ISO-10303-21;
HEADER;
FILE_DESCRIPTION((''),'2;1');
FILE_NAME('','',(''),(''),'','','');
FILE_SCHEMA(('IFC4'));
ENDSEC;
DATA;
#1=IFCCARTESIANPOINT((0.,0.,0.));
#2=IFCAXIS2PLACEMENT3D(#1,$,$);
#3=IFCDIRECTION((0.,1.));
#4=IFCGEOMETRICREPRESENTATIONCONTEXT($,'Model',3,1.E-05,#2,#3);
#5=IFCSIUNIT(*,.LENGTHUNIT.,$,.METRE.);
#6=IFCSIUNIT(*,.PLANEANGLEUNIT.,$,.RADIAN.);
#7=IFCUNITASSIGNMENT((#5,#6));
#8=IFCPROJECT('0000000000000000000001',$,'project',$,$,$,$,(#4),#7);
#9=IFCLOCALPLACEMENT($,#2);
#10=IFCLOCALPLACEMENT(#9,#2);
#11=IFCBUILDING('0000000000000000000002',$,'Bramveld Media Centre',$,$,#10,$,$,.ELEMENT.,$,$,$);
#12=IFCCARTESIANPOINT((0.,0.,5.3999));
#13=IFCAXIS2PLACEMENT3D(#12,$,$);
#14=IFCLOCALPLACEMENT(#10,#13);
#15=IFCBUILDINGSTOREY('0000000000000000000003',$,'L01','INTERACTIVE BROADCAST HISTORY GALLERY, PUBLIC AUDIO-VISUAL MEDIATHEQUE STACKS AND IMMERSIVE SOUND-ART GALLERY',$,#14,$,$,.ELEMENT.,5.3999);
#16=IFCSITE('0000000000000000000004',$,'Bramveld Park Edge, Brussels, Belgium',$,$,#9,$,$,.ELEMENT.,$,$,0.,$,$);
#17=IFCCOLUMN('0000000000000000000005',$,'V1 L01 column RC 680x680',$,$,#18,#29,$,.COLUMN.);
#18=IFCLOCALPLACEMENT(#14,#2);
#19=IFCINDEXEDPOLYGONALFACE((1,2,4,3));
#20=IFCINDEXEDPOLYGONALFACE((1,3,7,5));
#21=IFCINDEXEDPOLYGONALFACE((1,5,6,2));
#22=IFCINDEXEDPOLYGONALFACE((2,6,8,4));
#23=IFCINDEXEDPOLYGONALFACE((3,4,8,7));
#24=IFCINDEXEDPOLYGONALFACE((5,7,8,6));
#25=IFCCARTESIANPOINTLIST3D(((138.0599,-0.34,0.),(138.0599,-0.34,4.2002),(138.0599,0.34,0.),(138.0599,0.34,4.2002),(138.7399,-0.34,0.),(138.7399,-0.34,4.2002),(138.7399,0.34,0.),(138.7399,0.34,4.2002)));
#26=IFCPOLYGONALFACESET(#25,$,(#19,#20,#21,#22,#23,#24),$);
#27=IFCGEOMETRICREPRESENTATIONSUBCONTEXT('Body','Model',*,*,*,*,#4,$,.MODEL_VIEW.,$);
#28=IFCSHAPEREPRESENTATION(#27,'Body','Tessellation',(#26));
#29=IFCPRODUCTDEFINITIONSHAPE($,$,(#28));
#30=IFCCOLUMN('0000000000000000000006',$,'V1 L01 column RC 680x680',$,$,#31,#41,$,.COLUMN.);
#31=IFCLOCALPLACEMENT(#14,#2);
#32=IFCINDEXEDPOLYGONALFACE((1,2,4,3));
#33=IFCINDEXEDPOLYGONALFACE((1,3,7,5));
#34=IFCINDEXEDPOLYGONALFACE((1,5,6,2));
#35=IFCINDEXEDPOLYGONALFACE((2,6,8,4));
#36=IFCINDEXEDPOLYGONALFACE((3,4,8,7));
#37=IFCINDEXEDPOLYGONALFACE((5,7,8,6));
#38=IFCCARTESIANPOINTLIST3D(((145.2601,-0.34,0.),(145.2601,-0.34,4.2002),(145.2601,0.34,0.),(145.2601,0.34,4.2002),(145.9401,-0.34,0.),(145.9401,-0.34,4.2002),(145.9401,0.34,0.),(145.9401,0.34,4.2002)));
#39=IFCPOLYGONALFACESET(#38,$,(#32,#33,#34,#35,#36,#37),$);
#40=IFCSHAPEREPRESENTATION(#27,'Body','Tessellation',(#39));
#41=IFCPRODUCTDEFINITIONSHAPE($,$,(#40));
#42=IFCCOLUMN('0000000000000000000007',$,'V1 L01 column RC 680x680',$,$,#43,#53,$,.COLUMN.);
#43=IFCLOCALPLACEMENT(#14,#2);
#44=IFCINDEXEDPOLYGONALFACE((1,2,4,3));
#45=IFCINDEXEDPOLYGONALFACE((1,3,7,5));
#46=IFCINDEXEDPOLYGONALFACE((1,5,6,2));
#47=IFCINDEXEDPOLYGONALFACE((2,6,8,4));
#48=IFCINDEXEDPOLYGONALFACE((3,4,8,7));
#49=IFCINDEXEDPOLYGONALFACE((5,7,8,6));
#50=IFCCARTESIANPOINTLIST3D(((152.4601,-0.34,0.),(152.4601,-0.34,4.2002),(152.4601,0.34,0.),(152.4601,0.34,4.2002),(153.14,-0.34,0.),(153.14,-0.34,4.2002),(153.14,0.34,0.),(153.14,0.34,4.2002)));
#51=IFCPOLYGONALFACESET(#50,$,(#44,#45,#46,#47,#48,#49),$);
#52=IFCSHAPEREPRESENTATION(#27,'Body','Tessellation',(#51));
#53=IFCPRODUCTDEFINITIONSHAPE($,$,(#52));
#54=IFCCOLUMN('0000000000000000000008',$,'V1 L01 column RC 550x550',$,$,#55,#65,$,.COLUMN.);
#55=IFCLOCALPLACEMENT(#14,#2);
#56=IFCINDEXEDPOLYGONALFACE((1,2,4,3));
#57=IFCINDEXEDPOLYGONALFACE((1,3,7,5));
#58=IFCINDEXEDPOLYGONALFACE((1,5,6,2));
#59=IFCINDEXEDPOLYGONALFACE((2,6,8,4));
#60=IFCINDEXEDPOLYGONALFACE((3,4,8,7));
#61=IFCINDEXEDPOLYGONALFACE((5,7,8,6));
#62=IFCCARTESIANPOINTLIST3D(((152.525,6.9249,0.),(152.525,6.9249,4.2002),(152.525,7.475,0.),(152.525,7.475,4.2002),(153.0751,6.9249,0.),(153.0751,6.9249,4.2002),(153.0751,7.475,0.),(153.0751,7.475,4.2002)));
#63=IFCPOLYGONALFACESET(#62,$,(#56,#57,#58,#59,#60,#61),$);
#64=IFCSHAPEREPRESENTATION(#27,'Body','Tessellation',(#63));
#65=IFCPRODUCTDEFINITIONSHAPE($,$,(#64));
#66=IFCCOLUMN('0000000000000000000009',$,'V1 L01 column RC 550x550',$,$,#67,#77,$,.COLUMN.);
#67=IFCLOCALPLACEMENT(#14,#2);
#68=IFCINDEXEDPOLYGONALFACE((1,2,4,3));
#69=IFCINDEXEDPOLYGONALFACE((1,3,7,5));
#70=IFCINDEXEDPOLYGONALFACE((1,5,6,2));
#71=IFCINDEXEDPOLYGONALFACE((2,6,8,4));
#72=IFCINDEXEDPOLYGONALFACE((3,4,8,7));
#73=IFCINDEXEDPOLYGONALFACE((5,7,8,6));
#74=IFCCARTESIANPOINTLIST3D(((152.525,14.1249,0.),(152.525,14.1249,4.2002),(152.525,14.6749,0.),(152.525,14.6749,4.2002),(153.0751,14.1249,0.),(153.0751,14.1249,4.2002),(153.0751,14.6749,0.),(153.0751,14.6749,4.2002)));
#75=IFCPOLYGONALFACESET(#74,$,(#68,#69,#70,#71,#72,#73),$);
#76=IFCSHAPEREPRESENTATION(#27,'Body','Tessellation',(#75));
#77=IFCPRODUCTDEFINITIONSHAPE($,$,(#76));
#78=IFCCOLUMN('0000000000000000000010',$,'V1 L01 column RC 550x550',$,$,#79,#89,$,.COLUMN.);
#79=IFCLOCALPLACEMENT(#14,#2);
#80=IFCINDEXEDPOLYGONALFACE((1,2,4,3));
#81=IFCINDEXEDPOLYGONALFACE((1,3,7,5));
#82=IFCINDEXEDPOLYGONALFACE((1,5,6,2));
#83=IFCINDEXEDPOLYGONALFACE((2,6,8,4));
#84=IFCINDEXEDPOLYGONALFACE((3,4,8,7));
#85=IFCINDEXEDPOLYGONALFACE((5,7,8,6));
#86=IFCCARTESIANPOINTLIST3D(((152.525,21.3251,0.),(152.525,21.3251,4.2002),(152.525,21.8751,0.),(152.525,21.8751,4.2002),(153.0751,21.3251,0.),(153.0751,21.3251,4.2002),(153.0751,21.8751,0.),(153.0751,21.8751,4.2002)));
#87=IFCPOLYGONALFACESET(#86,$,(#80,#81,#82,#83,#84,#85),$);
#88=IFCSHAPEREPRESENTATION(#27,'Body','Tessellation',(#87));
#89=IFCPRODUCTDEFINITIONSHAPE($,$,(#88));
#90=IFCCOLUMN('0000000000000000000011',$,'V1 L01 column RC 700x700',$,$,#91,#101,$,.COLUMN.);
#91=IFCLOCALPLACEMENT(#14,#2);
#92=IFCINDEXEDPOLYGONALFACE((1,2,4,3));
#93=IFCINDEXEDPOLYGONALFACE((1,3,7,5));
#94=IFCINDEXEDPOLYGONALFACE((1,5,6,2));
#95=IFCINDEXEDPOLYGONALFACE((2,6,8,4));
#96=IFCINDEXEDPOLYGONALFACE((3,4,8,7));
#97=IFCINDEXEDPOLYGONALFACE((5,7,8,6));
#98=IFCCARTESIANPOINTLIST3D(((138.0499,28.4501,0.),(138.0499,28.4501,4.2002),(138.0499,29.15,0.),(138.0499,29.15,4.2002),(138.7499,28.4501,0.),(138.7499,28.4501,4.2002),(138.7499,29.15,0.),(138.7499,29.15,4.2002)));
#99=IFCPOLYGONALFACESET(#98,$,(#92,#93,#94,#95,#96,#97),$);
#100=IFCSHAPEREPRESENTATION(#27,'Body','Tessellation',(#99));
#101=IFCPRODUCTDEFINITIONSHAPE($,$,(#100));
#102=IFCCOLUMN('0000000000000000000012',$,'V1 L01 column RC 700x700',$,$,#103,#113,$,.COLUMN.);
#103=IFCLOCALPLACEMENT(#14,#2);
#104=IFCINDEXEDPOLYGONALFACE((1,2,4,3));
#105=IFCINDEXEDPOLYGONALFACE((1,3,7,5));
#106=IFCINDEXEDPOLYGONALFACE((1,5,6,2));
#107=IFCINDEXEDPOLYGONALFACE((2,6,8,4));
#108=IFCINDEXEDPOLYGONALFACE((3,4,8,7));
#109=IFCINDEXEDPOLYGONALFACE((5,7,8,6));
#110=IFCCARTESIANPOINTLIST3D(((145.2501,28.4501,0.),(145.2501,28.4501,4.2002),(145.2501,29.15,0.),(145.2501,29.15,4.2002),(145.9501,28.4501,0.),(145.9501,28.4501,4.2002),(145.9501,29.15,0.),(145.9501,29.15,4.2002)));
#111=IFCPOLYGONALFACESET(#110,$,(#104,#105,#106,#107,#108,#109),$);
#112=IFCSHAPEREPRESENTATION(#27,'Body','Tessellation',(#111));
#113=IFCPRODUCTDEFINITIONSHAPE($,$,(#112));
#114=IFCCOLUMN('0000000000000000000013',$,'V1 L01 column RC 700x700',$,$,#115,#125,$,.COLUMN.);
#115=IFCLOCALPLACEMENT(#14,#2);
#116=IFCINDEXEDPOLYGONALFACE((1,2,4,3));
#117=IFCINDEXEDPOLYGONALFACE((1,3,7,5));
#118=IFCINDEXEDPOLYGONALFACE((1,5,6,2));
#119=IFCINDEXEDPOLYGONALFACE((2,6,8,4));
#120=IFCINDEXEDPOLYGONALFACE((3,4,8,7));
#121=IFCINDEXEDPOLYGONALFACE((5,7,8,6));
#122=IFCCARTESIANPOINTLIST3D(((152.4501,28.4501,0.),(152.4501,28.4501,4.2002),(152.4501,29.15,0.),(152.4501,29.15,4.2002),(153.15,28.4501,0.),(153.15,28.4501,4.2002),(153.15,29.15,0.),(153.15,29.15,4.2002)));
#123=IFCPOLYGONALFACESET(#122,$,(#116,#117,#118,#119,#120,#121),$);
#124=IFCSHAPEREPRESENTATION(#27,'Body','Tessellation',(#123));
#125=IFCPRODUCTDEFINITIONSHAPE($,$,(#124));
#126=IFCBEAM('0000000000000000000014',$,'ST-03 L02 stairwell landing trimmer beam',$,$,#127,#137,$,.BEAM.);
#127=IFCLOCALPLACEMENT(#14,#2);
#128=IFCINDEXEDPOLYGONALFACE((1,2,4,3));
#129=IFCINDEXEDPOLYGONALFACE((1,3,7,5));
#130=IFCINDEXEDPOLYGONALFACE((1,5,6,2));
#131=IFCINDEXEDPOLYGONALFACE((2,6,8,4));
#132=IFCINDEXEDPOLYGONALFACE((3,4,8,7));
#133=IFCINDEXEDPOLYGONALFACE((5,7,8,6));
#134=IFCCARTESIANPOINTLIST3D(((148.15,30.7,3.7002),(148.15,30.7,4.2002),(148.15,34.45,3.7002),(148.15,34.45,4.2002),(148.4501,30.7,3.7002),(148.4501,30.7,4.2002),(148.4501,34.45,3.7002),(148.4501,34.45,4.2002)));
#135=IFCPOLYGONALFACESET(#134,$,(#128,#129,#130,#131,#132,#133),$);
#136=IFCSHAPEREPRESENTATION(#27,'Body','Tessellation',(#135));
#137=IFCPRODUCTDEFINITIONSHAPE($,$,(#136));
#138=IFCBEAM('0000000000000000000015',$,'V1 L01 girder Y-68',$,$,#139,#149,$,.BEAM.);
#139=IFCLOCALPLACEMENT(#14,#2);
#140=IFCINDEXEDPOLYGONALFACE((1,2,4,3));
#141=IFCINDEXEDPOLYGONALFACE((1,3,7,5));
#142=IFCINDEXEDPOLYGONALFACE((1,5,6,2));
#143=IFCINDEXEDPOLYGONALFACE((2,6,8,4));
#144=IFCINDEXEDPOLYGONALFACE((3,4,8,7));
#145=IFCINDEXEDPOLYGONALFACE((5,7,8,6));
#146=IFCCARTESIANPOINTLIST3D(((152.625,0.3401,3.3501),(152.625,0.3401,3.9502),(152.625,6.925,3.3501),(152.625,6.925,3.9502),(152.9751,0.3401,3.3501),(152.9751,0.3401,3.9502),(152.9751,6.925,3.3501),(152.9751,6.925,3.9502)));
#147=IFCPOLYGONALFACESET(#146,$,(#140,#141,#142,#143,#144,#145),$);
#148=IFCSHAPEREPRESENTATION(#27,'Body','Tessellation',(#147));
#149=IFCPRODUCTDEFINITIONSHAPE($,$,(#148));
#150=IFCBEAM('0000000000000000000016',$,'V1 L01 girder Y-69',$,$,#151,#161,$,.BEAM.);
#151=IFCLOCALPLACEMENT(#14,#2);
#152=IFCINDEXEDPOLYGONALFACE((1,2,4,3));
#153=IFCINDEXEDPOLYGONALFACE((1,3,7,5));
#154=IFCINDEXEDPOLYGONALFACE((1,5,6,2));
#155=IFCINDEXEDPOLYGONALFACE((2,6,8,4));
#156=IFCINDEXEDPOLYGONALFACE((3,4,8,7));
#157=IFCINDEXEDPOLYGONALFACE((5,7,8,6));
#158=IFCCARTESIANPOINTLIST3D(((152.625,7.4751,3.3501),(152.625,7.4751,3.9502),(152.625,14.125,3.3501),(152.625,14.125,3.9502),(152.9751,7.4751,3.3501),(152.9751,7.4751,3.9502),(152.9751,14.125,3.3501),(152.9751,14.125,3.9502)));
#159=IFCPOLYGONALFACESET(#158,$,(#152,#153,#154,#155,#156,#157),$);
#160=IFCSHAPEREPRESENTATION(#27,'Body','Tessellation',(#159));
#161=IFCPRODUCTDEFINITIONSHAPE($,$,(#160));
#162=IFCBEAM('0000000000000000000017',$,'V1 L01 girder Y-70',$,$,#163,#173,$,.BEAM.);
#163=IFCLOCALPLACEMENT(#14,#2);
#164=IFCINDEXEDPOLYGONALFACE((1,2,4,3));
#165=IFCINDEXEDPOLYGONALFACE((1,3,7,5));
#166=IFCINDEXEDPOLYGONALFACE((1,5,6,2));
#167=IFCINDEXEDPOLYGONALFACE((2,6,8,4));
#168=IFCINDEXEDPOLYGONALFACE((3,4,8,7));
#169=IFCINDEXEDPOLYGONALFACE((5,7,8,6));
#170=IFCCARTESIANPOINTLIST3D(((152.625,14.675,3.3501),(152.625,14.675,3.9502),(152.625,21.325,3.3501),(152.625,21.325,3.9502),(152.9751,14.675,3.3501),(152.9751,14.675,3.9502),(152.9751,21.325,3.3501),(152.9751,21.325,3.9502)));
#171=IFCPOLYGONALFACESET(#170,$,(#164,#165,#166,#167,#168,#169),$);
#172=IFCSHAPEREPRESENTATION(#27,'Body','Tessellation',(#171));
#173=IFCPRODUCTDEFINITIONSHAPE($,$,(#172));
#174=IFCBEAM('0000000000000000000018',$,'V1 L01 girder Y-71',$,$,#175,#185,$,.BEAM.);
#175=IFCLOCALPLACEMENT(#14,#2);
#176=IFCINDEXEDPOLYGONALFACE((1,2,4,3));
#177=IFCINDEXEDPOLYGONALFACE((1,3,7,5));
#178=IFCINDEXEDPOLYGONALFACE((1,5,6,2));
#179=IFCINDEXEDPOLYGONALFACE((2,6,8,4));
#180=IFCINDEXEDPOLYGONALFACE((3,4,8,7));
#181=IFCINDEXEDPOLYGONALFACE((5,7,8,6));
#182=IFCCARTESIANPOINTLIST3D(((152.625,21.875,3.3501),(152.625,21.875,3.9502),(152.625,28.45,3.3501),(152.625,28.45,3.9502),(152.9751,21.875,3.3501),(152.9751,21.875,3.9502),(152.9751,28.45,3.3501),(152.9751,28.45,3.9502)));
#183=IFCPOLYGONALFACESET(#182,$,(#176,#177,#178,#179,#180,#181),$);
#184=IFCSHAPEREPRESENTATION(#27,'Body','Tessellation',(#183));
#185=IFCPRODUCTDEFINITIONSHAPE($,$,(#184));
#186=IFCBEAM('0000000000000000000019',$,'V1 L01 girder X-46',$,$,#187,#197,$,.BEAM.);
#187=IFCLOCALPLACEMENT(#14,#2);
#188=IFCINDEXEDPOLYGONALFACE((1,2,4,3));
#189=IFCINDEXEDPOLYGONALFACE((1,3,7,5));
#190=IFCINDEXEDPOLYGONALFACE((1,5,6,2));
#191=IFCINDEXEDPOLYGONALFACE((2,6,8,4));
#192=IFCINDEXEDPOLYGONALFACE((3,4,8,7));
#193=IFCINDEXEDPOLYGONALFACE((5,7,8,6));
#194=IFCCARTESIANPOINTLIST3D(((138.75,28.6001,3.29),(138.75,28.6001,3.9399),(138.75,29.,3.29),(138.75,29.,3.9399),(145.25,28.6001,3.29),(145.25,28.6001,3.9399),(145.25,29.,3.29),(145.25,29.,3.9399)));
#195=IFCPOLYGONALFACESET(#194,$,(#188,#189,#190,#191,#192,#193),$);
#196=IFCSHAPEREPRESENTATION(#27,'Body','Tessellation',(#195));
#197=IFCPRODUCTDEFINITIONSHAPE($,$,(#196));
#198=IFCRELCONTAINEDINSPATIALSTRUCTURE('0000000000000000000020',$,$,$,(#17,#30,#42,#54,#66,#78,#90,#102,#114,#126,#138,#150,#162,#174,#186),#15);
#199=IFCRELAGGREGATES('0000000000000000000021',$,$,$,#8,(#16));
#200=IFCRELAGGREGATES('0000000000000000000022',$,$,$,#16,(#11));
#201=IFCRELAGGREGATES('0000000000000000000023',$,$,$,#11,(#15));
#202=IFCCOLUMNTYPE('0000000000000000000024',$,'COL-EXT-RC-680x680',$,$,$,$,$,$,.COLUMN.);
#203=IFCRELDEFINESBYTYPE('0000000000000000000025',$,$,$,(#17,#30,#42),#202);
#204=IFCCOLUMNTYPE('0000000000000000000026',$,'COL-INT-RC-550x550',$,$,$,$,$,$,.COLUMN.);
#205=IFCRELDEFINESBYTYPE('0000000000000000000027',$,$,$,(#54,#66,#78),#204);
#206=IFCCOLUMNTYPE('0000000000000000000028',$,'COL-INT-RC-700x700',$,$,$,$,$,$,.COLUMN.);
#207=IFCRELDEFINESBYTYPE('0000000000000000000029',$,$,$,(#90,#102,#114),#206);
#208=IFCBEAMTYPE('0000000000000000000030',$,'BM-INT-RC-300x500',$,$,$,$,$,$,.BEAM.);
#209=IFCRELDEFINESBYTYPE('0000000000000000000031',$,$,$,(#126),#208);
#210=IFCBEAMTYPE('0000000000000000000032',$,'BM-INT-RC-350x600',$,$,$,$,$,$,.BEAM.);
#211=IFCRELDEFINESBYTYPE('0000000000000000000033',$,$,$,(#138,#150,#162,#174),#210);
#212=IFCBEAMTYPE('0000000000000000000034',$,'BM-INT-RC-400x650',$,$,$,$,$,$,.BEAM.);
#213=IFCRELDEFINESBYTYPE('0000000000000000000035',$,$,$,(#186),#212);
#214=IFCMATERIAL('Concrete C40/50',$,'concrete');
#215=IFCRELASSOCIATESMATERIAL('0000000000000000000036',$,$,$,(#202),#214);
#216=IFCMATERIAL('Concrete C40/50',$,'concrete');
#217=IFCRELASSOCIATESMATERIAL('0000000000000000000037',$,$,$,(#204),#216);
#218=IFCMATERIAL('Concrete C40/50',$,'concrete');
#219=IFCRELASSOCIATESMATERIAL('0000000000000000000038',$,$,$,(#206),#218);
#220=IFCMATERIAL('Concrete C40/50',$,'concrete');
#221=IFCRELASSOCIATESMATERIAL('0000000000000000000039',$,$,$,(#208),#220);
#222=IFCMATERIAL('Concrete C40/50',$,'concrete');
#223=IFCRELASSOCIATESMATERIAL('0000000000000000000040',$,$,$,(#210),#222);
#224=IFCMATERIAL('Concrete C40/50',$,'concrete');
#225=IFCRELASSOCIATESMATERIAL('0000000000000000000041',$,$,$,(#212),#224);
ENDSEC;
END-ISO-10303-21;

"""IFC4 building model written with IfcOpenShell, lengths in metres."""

from ifc_helpers import new_model, si_unit, direction, frame, origin, origin_2d, place, context, subcontext, project, spatial, rectangle, extrude, material, material_profile, profile_set, type_object, element, save


model = new_model("IFC4")

# Units and contexts
model_context = context("Model", 3, precision=1e-05, world=origin(), true_north=direction((0.0, 1.0)))
body_context = subcontext(model_context, "Body", "Model", "MODEL_VIEW")
ifc_project = project(units=[si_unit("LENGTHUNIT", "METRE"), si_unit("PLANEANGLEUNIT", "RADIAN")], contexts=[model_context])

# Site, building, storey
site_placement = place(None, origin())
site = spatial("IfcSite", under=ifc_project, at=site_placement, Name="Bramveld Park Edge, Brussels, Belgium", CompositionType="ELEMENT", RefElevation=0.0)
building_placement = place(site_placement, origin())
building = spatial("IfcBuilding", under=site, at=building_placement, Name="Bramveld Media Centre", CompositionType="ELEMENT")
storey_placement = place(building_placement, frame((0.0, 0.0, 5.3999)))
storey = spatial("IfcBuildingStorey", under=building, at=storey_placement, Name="L01", Description="INTERACTIVE BROADCAST HISTORY GALLERY, PUBLIC AUDIO-VISUAL MEDIATHEQUE STACKS AND IMMERSIVE SOUND-ART GALLERY", CompositionType="ELEMENT", Elevation=5.3999)

# Columns
ifc_material_1 = material(Name="Concrete C40/50", Category="concrete")
ifc_material_profile_1 = material_profile(ifc_material_1, rectangle(XDim=0.6799, YDim=0.6799, at=origin_2d()), Name="RC 680x680")
ifc_profile_set_1 = profile_set([ifc_material_profile_1], Name="Concrete C40/50")
column_type_1 = type_object("IfcColumnType", Name="COL-EXT-RC-680x680", PredefinedType="COLUMN", material=ifc_profile_set_1)
for number, where, z_axis, x_axis, name in (
    (1, (138.3999, 0.0, 0.0), (0.0, 0.0, 1.0), (1.0, 0.0, 0.0), "V1 L01 column RC 680x680"),
    (2, (145.6001, 0.0, 0.0), (0.0, 0.0, 1.0), (1.0, 0.0, 0.0), "V1 L01 column RC 680x680"),
    (3, (152.8, 0.0, 0.0), (0.0, 0.0, 1.0), (1.0, 0.0, 0.0), "V1 L01 column RC 680x680"),
):
    element("IfcColumn", number, at=place(storey_placement, frame(where, z_axis=z_axis, x_axis=x_axis)), inside=storey, type_object=column_type_1, Name=name, PredefinedType="COLUMN", context=body_context, shape_type="SweptSolid", body=[
        extrude(rectangle(XDim=0.6799, YDim=0.6799, at=origin_2d()), origin(), (0.0, 0.0, 1.0), 4.2002),
    ])
ifc_material_2 = material(Name="Concrete C40/50", Category="concrete")
ifc_material_profile_2 = material_profile(ifc_material_2, rectangle(XDim=0.55, YDim=0.55, at=origin_2d()), Name="RC 550x550")
ifc_profile_set_2 = profile_set([ifc_material_profile_2], Name="Concrete C40/50")
column_type_2 = type_object("IfcColumnType", Name="COL-INT-RC-550x550", PredefinedType="COLUMN", material=ifc_profile_set_2)
for number, where, z_axis, x_axis, name in (
    (4, (152.8, 7.2, 0.0), (0.0, 0.0, 1.0), (1.0, 0.0, 0.0), "V1 L01 column RC 550x550"),
    (5, (152.8, 14.3999, 0.0), (0.0, 0.0, 1.0), (1.0, 0.0, 0.0), "V1 L01 column RC 550x550"),
    (6, (152.8, 21.6001, 0.0), (0.0, 0.0, 1.0), (1.0, 0.0, 0.0), "V1 L01 column RC 550x550"),
):
    element("IfcColumn", number, at=place(storey_placement, frame(where, z_axis=z_axis, x_axis=x_axis)), inside=storey, type_object=column_type_2, Name=name, PredefinedType="COLUMN", context=body_context, shape_type="SweptSolid", body=[
        extrude(rectangle(XDim=0.55, YDim=0.55, at=origin_2d()), origin(), (0.0, 0.0, 1.0), 4.2002),
    ])
ifc_material_3 = material(Name="Concrete C40/50", Category="concrete")
ifc_material_profile_3 = material_profile(ifc_material_3, rectangle(XDim=0.7, YDim=0.7, at=origin_2d()), Name="RC 700x700")
ifc_profile_set_3 = profile_set([ifc_material_profile_3], Name="Concrete C40/50")
column_type_3 = type_object("IfcColumnType", Name="COL-INT-RC-700x700", PredefinedType="COLUMN", material=ifc_profile_set_3)
for number, where, z_axis, x_axis, name in (
    (7, (138.3999, 28.8, 0.0), (0.0, 0.0, 1.0), (1.0, 0.0, 0.0), "V1 L01 column RC 700x700"),
    (8, (145.6001, 28.8, 0.0), (0.0, 0.0, 1.0), (1.0, 0.0, 0.0), "V1 L01 column RC 700x700"),
    (9, (152.8, 28.8, 0.0), (0.0, 0.0, 1.0), (1.0, 0.0, 0.0), "V1 L01 column RC 700x700"),
):
    element("IfcColumn", number, at=place(storey_placement, frame(where, z_axis=z_axis, x_axis=x_axis)), inside=storey, type_object=column_type_3, Name=name, PredefinedType="COLUMN", context=body_context, shape_type="SweptSolid", body=[
        extrude(rectangle(XDim=0.7, YDim=0.7, at=origin_2d()), origin(), (0.0, 0.0, 1.0), 4.2002),
    ])

# Beams
ifc_material_4 = material(Name="Concrete C40/50", Category="concrete")
ifc_material_profile_4 = material_profile(ifc_material_4, rectangle(XDim=0.3, YDim=0.5, at=origin_2d()), Name="RC 300x500")
ifc_profile_set_4 = profile_set([ifc_material_profile_4], Name="Concrete C40/50")
beam_type_1 = type_object("IfcBeamType", Name="BM-INT-RC-300x500", PredefinedType="BEAM", material=ifc_profile_set_4)
beam_1_placement = place(storey_placement, frame((148.3, 30.7, 3.9502), z_axis=(0.0, 1.0, 0.0), x_axis=(-1.0, 0.0, 0.0)))
element("IfcBeam", 10, at=beam_1_placement, inside=storey, type_object=beam_type_1, Name="ST-03 L02 stairwell landing trimmer beam", PredefinedType="BEAM", context=body_context, shape_type="SweptSolid", body=[
    extrude(rectangle(XDim=0.3, YDim=0.5, at=origin_2d()), origin(), (0.0, 0.0, 1.0), 3.75),
])
ifc_material_5 = material(Name="Concrete C40/50", Category="concrete")
ifc_material_profile_5 = material_profile(ifc_material_5, rectangle(XDim=0.3501, YDim=0.6001, at=origin_2d()), Name="RC 350x600")
ifc_profile_set_5 = profile_set([ifc_material_profile_5], Name="Concrete C40/50")
beam_type_2 = type_object("IfcBeamType", Name="BM-INT-RC-350x600", PredefinedType="BEAM", material=ifc_profile_set_5)
beam_2_placement = place(storey_placement, frame((152.8, 0.3401, 3.6501), z_axis=(0.0, 1.0, 0.0), x_axis=(-1.0, 0.0, 0.0)))
element("IfcBeam", 11, at=beam_2_placement, inside=storey, type_object=beam_type_2, Name="V1 L01 girder Y-68", PredefinedType="BEAM", context=body_context, shape_type="SweptSolid", body=[
    extrude(rectangle(XDim=0.3501, YDim=0.6001, at=origin_2d()), origin(), (0.0, 0.0, 1.0), 6.585),
])
for number, where, z_axis, x_axis, name in (
    (12, (152.8, 7.4751, 3.6501), (0.0, 1.0, 0.0), (-1.0, 0.0, 0.0), "V1 L01 girder Y-69"),
    (13, (152.8, 14.675, 3.6501), (0.0, 1.0, 0.0), (-1.0, 0.0, 0.0), "V1 L01 girder Y-70"),
):
    element("IfcBeam", number, at=place(storey_placement, frame(where, z_axis=z_axis, x_axis=x_axis)), inside=storey, type_object=beam_type_2, Name=name, PredefinedType="BEAM", context=body_context, shape_type="SweptSolid", body=[
        extrude(rectangle(XDim=0.3501, YDim=0.6001, at=origin_2d()), origin(), (0.0, 0.0, 1.0), 6.6499),
    ])
beam_3_placement = place(storey_placement, frame((152.8, 21.875, 3.6501), z_axis=(0.0, 1.0, 0.0), x_axis=(-1.0, 0.0, 0.0)))
element("IfcBeam", 14, at=beam_3_placement, inside=storey, type_object=beam_type_2, Name="V1 L01 girder Y-71", PredefinedType="BEAM", context=body_context, shape_type="SweptSolid", body=[
    extrude(rectangle(XDim=0.3501, YDim=0.6001, at=origin_2d()), origin(), (0.0, 0.0, 1.0), 6.575),
])
ifc_material_6 = material(Name="Concrete C40/50", Category="concrete")
ifc_material_profile_6 = material_profile(ifc_material_6, rectangle(XDim=0.3999, YDim=0.6499, at=origin_2d()), Name="RC 400x650")
ifc_profile_set_6 = profile_set([ifc_material_profile_6], Name="Concrete C40/50")
beam_type_3 = type_object("IfcBeamType", Name="BM-INT-RC-400x650", PredefinedType="BEAM", material=ifc_profile_set_6)
beam_4_placement = place(storey_placement, frame((138.75, 28.8, 3.615), z_axis=(1.0, 0.0, 0.0), x_axis=(0.0, 1.0, 0.0)))
element("IfcBeam", 15, at=beam_4_placement, inside=storey, type_object=beam_type_3, Name="V1 L01 girder X-46", PredefinedType="BEAM", context=body_context, shape_type="SweptSolid", body=[
    extrude(rectangle(XDim=0.3999, YDim=0.6499, at=origin_2d()), origin(), (0.0, 0.0, 1.0), 6.5),
])

save(model, "model.ifc")
